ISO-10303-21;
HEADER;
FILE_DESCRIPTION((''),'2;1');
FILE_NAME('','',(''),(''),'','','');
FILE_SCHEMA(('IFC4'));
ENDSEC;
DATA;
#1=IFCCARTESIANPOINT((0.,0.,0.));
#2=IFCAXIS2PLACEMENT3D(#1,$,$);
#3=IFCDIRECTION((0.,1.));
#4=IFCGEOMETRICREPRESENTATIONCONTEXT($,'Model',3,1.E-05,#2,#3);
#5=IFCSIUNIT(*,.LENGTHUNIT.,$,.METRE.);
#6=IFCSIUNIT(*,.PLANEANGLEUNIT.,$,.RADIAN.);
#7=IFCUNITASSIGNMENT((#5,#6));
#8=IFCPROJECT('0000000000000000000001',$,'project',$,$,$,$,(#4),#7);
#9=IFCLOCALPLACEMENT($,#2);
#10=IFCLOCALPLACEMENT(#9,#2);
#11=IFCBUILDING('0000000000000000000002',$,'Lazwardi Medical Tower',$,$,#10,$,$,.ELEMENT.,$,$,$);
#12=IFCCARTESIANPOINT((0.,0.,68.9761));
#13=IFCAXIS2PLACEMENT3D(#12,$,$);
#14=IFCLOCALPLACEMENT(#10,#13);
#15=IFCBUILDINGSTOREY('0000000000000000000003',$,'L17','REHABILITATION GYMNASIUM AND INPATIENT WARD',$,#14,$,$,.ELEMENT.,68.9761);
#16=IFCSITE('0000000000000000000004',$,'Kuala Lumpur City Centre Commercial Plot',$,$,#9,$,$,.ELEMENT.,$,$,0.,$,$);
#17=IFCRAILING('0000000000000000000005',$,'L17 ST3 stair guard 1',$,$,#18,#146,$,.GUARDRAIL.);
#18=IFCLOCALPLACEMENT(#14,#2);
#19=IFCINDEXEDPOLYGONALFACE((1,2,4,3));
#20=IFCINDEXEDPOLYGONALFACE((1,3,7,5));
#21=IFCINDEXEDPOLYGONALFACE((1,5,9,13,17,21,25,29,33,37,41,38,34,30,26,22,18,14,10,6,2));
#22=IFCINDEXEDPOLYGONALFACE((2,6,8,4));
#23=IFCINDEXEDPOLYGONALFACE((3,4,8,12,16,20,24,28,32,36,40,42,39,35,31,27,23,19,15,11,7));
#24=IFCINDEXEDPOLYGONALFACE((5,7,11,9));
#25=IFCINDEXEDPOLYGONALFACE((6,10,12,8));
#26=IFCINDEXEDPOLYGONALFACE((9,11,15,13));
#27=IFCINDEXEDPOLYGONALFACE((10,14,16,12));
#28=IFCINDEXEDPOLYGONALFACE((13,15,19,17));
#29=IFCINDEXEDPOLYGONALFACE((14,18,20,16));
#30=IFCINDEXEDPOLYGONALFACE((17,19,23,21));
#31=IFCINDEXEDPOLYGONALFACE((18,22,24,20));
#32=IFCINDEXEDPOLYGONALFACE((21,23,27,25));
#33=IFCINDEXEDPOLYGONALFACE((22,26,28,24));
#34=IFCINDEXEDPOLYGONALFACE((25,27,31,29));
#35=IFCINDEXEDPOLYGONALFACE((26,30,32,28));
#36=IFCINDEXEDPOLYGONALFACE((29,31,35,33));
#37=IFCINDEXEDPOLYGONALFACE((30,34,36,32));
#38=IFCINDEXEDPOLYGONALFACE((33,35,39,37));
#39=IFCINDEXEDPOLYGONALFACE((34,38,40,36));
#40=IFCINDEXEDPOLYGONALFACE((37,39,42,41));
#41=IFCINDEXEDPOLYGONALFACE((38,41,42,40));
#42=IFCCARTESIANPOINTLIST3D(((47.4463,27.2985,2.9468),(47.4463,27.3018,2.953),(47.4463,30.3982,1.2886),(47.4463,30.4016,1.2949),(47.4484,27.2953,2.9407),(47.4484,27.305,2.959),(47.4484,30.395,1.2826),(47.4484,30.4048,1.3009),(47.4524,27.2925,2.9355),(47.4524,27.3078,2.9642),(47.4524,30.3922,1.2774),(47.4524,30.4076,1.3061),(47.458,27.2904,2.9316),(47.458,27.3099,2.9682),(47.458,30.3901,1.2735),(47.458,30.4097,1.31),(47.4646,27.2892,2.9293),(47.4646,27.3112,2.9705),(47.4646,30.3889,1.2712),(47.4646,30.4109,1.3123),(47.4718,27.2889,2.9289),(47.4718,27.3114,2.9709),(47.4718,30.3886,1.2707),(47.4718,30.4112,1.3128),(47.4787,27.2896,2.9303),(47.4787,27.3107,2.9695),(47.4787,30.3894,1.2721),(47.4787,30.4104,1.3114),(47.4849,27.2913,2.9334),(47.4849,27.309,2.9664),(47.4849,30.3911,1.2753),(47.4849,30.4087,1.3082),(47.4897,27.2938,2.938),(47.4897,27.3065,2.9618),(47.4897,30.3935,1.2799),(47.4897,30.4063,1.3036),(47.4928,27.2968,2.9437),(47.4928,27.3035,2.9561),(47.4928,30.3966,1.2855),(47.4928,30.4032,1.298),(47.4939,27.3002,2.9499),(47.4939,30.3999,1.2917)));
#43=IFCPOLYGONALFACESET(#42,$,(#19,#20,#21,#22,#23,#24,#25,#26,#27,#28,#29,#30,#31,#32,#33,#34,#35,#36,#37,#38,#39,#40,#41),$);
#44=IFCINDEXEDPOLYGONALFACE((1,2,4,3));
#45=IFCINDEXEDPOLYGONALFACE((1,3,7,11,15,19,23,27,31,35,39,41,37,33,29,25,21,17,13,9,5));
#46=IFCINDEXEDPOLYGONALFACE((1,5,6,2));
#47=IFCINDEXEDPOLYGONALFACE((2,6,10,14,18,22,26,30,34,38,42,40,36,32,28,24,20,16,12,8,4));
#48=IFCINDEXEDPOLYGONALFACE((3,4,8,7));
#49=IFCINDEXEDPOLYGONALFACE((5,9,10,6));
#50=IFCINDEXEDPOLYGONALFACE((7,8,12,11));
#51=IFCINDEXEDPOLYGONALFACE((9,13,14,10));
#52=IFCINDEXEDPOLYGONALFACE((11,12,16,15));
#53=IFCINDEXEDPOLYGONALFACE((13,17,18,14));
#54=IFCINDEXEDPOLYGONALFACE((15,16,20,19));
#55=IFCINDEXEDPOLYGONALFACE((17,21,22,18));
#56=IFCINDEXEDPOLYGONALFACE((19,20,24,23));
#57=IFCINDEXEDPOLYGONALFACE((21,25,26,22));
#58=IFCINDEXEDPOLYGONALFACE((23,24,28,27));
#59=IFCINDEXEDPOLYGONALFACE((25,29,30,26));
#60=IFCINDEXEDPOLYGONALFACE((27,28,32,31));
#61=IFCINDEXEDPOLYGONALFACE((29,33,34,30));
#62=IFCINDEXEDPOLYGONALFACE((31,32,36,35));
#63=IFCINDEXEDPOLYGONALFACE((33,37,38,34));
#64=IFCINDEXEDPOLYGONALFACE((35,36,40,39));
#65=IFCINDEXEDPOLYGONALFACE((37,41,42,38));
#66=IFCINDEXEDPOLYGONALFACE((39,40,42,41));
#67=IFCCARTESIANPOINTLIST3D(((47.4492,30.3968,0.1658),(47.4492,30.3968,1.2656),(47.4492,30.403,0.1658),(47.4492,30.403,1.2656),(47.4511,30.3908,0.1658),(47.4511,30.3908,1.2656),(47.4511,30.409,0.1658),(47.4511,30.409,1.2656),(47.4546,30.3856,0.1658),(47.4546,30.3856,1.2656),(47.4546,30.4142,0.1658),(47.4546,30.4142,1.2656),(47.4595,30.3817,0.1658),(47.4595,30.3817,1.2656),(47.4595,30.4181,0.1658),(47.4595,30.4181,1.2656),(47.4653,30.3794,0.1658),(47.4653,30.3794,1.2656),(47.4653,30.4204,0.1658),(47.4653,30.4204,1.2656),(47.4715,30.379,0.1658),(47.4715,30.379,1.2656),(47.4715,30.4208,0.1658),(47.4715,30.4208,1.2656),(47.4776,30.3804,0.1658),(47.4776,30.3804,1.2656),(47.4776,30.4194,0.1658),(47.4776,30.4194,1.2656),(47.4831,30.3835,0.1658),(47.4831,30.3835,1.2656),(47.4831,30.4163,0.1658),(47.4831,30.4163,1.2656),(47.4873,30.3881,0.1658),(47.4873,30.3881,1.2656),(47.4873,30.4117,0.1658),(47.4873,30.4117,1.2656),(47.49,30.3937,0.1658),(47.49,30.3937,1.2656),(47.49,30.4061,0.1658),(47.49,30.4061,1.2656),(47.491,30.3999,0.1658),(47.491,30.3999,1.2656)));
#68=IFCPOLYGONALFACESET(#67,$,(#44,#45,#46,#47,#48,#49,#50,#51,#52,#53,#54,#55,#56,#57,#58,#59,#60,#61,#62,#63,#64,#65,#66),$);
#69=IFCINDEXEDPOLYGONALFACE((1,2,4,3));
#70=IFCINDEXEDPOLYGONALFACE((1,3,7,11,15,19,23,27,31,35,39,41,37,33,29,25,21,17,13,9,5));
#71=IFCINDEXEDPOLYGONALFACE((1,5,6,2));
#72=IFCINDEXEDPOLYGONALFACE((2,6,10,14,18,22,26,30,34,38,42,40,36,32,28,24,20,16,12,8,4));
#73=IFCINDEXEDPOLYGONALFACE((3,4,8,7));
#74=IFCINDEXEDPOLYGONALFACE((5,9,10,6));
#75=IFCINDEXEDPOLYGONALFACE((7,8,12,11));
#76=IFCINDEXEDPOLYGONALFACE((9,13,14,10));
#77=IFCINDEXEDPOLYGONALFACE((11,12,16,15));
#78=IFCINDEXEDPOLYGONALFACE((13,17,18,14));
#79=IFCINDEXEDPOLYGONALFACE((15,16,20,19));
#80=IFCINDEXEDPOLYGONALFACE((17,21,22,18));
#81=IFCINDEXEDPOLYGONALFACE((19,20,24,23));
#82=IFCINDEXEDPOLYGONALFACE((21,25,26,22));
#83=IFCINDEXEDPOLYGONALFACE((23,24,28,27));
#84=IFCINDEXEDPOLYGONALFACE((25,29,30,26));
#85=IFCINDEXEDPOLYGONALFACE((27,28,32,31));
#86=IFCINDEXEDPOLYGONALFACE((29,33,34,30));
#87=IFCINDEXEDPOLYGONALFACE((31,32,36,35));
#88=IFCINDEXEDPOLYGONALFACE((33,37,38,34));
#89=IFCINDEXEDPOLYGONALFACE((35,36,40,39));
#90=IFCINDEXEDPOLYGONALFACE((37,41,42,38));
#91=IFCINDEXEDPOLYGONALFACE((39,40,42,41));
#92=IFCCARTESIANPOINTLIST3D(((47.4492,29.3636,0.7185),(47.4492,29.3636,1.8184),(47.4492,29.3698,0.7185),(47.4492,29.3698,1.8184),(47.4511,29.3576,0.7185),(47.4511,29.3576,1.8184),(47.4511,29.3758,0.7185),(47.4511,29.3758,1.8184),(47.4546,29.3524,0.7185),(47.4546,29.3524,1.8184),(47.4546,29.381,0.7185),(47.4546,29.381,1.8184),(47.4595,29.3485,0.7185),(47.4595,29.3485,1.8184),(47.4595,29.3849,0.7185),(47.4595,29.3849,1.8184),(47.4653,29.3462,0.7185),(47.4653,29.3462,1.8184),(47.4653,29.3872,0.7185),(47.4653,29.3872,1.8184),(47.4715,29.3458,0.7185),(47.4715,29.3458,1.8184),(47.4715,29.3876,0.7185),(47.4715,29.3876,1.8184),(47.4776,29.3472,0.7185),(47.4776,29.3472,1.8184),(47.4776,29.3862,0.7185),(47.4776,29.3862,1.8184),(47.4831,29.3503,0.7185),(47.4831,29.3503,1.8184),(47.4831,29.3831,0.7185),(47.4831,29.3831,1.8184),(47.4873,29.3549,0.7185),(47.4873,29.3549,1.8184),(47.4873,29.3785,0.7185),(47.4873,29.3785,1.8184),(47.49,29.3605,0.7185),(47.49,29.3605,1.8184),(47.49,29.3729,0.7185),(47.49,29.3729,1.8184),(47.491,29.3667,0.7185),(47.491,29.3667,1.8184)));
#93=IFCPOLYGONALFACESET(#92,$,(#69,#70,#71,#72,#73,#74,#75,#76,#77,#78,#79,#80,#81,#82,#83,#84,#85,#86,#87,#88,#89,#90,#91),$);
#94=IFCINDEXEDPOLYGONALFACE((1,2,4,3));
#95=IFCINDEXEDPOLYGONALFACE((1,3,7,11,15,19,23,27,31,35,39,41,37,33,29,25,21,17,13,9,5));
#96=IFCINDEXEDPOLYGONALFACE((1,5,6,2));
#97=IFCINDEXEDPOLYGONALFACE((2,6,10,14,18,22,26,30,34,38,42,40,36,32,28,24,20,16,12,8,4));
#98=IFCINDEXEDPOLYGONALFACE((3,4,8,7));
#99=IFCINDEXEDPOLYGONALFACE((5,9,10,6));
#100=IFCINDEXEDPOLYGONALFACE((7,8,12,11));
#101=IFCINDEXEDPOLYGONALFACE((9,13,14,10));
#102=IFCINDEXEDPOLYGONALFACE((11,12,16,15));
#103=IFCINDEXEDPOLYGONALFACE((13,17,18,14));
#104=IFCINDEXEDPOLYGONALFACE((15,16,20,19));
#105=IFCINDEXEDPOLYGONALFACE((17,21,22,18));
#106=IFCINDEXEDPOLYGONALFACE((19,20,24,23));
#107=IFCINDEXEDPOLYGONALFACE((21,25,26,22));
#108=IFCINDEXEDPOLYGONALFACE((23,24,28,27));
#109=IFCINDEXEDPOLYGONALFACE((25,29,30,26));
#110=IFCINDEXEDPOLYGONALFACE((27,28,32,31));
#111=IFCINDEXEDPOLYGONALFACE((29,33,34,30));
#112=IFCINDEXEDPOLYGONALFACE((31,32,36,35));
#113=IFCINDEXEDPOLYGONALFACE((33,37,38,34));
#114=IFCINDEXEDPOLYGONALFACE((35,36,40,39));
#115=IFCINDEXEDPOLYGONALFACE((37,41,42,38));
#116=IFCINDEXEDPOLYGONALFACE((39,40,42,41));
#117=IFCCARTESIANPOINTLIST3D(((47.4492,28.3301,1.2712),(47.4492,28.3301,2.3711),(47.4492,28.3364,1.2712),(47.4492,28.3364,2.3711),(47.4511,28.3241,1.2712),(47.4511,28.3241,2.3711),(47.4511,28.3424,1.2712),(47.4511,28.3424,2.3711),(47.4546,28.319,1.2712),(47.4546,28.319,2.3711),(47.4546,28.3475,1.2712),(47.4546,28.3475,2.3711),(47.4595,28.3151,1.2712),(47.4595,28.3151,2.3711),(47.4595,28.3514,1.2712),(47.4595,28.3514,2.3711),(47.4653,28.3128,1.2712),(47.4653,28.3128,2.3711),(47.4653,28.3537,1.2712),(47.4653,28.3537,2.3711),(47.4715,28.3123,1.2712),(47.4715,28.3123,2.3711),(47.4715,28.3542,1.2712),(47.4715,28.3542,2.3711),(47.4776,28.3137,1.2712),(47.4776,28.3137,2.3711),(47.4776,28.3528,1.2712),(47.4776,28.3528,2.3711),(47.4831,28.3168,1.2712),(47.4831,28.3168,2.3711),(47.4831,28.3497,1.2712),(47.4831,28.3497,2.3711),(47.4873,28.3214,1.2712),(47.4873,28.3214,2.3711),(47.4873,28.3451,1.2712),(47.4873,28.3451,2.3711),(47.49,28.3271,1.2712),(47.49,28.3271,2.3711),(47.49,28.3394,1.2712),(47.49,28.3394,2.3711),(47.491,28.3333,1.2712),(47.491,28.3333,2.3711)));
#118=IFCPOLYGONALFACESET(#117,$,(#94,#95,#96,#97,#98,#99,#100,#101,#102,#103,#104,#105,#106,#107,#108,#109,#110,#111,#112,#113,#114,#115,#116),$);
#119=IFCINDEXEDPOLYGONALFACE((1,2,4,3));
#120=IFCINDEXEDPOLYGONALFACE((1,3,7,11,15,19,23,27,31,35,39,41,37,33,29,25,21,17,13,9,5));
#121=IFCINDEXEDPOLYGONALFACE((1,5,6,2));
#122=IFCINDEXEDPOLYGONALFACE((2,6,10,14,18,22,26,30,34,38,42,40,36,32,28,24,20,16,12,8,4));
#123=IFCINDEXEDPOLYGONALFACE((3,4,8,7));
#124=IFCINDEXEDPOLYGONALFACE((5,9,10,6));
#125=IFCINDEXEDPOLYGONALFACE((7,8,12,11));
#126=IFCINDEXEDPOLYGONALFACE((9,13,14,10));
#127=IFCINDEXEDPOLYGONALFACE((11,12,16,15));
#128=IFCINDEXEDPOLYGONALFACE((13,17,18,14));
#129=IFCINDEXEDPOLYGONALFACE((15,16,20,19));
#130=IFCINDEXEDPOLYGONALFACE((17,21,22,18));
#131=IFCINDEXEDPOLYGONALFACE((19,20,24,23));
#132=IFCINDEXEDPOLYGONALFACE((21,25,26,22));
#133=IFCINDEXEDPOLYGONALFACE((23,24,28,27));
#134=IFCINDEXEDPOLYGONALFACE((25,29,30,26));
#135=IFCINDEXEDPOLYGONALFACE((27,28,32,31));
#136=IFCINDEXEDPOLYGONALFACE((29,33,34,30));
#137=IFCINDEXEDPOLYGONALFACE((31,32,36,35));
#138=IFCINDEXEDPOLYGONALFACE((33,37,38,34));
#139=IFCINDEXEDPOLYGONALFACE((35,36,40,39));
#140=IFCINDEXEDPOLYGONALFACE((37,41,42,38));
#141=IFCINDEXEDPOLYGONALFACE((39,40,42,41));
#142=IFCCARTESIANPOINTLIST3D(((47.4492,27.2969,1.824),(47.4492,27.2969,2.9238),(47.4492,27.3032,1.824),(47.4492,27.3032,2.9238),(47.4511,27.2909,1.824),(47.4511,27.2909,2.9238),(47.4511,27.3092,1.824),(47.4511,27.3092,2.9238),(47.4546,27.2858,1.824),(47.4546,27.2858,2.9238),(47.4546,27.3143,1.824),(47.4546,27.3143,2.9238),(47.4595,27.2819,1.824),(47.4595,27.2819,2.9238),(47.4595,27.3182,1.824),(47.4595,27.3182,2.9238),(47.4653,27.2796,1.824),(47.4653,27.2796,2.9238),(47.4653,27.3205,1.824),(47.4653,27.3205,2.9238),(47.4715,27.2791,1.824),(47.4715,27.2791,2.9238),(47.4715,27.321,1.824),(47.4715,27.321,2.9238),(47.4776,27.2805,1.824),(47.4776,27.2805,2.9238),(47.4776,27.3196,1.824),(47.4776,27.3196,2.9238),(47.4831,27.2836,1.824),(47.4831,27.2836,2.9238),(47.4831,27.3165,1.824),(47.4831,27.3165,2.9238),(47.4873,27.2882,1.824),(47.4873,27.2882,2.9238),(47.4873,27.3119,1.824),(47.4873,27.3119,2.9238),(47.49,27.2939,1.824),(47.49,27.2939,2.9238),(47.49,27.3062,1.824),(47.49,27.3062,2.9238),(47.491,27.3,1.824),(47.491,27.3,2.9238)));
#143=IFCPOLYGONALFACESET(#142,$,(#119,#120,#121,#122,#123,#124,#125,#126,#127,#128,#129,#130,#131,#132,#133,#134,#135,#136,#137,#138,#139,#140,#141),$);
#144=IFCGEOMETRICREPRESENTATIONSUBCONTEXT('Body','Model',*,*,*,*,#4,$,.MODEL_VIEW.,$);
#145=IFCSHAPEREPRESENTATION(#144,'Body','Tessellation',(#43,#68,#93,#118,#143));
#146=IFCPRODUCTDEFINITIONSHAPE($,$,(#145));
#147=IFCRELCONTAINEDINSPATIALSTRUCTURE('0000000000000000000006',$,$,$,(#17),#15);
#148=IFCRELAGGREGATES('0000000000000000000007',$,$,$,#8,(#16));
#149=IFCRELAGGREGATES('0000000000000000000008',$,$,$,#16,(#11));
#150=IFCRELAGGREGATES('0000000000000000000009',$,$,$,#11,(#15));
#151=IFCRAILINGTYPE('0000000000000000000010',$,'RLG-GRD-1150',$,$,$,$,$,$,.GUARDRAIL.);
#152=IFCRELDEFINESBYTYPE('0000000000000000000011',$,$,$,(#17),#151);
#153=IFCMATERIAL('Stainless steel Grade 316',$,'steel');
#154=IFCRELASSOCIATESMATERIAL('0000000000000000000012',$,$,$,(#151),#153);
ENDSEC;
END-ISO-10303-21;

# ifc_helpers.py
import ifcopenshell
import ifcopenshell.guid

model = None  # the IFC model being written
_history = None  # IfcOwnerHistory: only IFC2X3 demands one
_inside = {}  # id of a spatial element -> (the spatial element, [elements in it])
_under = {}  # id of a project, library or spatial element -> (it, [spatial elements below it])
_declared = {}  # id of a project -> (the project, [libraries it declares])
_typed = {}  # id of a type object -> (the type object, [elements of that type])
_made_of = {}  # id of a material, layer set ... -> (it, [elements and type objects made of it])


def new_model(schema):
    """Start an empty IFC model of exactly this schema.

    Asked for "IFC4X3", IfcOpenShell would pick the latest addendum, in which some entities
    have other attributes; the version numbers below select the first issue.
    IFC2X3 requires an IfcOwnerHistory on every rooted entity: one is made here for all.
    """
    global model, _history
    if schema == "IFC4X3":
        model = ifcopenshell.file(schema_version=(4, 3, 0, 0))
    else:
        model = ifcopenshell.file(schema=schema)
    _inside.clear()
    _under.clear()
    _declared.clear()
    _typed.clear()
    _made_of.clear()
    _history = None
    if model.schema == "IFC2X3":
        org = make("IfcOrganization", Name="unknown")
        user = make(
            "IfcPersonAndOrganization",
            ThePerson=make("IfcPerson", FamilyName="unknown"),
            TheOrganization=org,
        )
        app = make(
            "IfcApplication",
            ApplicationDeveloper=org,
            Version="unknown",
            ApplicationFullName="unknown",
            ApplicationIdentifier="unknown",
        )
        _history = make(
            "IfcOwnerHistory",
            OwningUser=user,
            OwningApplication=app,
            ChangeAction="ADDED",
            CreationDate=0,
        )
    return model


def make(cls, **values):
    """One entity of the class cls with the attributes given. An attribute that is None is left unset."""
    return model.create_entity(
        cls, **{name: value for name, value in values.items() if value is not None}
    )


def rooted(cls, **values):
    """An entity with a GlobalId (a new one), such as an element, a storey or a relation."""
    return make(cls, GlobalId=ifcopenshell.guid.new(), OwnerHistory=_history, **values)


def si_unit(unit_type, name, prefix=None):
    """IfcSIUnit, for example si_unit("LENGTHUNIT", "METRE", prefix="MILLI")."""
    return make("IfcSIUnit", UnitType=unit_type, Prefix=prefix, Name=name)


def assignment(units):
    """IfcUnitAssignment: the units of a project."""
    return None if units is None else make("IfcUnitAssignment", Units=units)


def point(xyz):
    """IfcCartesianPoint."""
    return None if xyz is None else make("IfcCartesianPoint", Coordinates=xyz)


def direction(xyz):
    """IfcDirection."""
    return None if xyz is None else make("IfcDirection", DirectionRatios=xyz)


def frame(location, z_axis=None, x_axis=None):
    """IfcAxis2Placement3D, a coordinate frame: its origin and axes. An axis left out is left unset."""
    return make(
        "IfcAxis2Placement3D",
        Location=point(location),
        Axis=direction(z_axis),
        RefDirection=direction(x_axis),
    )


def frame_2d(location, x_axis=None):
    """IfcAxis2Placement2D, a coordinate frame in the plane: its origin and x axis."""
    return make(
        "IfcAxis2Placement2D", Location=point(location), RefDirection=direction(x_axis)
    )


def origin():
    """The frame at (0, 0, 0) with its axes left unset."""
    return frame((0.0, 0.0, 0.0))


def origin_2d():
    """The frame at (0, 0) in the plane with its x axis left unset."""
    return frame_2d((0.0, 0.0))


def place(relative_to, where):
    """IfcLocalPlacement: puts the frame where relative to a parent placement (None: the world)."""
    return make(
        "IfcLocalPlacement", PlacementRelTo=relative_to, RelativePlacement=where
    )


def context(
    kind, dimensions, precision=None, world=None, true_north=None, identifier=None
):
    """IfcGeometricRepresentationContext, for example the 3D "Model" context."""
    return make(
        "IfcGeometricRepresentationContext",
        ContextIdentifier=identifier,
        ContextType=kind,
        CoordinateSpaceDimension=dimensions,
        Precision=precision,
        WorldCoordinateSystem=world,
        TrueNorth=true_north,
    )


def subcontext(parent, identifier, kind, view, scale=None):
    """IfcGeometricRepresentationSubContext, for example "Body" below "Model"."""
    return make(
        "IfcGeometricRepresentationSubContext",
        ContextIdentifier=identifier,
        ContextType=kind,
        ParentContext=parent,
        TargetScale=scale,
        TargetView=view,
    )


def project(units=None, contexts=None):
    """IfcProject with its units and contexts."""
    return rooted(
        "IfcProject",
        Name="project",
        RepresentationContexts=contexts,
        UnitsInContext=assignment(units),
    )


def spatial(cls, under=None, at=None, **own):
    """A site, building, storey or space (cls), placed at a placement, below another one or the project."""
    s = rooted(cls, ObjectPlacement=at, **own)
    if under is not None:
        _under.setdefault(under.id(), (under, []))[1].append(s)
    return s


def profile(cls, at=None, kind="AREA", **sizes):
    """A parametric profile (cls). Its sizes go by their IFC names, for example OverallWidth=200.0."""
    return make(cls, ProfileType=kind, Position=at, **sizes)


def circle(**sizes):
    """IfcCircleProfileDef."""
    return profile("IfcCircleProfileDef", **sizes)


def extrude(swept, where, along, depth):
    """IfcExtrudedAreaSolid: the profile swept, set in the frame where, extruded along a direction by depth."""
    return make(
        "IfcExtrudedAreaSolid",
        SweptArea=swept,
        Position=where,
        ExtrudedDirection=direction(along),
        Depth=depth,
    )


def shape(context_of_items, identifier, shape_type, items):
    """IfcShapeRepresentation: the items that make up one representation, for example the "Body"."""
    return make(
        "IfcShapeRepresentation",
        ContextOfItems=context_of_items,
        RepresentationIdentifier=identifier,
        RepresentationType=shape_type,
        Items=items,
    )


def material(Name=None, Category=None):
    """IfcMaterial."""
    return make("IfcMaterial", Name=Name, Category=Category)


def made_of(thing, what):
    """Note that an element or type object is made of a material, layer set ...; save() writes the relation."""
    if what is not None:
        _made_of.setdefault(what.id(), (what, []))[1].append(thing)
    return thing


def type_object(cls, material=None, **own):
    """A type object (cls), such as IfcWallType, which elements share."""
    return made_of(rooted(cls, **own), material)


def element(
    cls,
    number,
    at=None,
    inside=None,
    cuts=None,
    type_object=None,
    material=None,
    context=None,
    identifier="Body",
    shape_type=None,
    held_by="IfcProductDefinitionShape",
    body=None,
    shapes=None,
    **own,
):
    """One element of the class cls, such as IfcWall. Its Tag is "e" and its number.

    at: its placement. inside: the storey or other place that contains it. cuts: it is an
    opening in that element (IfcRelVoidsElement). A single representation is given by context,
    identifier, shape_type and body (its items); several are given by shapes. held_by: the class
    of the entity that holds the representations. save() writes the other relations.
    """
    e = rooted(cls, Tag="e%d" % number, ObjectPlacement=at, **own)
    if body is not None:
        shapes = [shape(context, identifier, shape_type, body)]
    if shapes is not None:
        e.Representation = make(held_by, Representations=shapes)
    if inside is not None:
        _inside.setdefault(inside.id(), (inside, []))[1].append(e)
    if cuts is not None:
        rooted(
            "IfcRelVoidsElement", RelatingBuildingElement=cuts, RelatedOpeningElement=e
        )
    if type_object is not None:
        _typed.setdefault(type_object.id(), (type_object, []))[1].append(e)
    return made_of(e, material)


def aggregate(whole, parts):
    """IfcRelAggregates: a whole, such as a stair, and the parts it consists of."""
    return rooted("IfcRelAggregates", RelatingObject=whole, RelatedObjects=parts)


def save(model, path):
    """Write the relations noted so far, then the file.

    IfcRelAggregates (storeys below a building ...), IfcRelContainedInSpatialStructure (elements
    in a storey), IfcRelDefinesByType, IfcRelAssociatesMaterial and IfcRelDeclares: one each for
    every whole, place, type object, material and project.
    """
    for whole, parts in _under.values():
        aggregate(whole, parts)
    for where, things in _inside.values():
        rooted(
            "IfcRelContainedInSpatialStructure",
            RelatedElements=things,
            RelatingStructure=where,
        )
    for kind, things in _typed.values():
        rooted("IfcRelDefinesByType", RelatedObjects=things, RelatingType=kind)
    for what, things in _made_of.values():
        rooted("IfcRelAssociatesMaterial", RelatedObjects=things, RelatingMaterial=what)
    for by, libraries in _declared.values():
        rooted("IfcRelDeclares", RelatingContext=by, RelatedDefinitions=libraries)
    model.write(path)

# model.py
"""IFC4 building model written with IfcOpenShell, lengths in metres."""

from ifc_helpers import new_model, si_unit, direction, frame, origin, origin_2d, place, context, subcontext, project, spatial, circle, extrude, material, type_object, element, save


model = new_model("IFC4")

# Units and contexts
model_context = context("Model", 3, precision=1e-05, world=origin(), true_north=direction((0.0, 1.0)))
body_context = subcontext(model_context, "Body", "Model", "MODEL_VIEW")
ifc_project = project(units=[si_unit("LENGTHUNIT", "METRE"), si_unit("PLANEANGLEUNIT", "RADIAN")], contexts=[model_context])

# Site, building, storey
site_placement = place(None, origin())
site = spatial("IfcSite", under=ifc_project, at=site_placement, Name="Kuala Lumpur City Centre Commercial Plot", CompositionType="ELEMENT", RefElevation=0.0)
building_placement = place(site_placement, origin())
building = spatial("IfcBuilding", under=site, at=building_placement, Name="Lazwardi Medical Tower", CompositionType="ELEMENT")
storey_placement = place(building_placement, frame((0.0, 0.0, 68.9761)))
storey = spatial("IfcBuildingStorey", under=building, at=storey_placement, Name="L17", Description="REHABILITATION GYMNASIUM AND INPATIENT WARD", CompositionType="ELEMENT", Elevation=68.9761)

# Railing
ifc_material_1 = material(Name="Stainless steel Grade 316", Category="steel")
railing_type_1 = type_object("IfcRailingType", Name="RLG-GRD-1150", PredefinedType="GUARDRAIL", material=ifc_material_1)
railing_1_placement = place(storey_placement, frame((47.47, 30.3999, 0.1658)))
element("IfcRailing", 1, at=railing_1_placement, inside=storey, type_object=railing_type_1, Name="L17 ST3 stair guard 1", PredefinedType="GUARDRAIL", context=body_context, shape_type="SweptSolid", body=[
    extrude(circle(Radius=0.0239, at=origin_2d()), frame((0.0, 0.0, 1.126), z_axis=(0.0, -0.881768, 0.471684), x_axis=(1.0, 0.0, 0.0)), (0.0, 0.0, 1.0), 3.5154),
    extrude(circle(Radius=0.021, at=origin_2d()), origin(), (0.0, 0.0, 1.0), 1.0999),
    extrude(circle(Radius=0.021, at=origin_2d()), frame((0.0, -1.0332, 0.5527)), (0.0, 0.0, 1.0), 1.0999),
    extrude(circle(Radius=0.021, at=origin_2d()), frame((0.0, -2.0667, 1.1055)), (0.0, 0.0, 1.0), 1.0999),
    extrude(circle(Radius=0.021, at=origin_2d()), frame((0.0, -3.0999, 1.6582)), (0.0, 0.0, 1.0), 1.0999),
])

save(model, "model.ifc")
